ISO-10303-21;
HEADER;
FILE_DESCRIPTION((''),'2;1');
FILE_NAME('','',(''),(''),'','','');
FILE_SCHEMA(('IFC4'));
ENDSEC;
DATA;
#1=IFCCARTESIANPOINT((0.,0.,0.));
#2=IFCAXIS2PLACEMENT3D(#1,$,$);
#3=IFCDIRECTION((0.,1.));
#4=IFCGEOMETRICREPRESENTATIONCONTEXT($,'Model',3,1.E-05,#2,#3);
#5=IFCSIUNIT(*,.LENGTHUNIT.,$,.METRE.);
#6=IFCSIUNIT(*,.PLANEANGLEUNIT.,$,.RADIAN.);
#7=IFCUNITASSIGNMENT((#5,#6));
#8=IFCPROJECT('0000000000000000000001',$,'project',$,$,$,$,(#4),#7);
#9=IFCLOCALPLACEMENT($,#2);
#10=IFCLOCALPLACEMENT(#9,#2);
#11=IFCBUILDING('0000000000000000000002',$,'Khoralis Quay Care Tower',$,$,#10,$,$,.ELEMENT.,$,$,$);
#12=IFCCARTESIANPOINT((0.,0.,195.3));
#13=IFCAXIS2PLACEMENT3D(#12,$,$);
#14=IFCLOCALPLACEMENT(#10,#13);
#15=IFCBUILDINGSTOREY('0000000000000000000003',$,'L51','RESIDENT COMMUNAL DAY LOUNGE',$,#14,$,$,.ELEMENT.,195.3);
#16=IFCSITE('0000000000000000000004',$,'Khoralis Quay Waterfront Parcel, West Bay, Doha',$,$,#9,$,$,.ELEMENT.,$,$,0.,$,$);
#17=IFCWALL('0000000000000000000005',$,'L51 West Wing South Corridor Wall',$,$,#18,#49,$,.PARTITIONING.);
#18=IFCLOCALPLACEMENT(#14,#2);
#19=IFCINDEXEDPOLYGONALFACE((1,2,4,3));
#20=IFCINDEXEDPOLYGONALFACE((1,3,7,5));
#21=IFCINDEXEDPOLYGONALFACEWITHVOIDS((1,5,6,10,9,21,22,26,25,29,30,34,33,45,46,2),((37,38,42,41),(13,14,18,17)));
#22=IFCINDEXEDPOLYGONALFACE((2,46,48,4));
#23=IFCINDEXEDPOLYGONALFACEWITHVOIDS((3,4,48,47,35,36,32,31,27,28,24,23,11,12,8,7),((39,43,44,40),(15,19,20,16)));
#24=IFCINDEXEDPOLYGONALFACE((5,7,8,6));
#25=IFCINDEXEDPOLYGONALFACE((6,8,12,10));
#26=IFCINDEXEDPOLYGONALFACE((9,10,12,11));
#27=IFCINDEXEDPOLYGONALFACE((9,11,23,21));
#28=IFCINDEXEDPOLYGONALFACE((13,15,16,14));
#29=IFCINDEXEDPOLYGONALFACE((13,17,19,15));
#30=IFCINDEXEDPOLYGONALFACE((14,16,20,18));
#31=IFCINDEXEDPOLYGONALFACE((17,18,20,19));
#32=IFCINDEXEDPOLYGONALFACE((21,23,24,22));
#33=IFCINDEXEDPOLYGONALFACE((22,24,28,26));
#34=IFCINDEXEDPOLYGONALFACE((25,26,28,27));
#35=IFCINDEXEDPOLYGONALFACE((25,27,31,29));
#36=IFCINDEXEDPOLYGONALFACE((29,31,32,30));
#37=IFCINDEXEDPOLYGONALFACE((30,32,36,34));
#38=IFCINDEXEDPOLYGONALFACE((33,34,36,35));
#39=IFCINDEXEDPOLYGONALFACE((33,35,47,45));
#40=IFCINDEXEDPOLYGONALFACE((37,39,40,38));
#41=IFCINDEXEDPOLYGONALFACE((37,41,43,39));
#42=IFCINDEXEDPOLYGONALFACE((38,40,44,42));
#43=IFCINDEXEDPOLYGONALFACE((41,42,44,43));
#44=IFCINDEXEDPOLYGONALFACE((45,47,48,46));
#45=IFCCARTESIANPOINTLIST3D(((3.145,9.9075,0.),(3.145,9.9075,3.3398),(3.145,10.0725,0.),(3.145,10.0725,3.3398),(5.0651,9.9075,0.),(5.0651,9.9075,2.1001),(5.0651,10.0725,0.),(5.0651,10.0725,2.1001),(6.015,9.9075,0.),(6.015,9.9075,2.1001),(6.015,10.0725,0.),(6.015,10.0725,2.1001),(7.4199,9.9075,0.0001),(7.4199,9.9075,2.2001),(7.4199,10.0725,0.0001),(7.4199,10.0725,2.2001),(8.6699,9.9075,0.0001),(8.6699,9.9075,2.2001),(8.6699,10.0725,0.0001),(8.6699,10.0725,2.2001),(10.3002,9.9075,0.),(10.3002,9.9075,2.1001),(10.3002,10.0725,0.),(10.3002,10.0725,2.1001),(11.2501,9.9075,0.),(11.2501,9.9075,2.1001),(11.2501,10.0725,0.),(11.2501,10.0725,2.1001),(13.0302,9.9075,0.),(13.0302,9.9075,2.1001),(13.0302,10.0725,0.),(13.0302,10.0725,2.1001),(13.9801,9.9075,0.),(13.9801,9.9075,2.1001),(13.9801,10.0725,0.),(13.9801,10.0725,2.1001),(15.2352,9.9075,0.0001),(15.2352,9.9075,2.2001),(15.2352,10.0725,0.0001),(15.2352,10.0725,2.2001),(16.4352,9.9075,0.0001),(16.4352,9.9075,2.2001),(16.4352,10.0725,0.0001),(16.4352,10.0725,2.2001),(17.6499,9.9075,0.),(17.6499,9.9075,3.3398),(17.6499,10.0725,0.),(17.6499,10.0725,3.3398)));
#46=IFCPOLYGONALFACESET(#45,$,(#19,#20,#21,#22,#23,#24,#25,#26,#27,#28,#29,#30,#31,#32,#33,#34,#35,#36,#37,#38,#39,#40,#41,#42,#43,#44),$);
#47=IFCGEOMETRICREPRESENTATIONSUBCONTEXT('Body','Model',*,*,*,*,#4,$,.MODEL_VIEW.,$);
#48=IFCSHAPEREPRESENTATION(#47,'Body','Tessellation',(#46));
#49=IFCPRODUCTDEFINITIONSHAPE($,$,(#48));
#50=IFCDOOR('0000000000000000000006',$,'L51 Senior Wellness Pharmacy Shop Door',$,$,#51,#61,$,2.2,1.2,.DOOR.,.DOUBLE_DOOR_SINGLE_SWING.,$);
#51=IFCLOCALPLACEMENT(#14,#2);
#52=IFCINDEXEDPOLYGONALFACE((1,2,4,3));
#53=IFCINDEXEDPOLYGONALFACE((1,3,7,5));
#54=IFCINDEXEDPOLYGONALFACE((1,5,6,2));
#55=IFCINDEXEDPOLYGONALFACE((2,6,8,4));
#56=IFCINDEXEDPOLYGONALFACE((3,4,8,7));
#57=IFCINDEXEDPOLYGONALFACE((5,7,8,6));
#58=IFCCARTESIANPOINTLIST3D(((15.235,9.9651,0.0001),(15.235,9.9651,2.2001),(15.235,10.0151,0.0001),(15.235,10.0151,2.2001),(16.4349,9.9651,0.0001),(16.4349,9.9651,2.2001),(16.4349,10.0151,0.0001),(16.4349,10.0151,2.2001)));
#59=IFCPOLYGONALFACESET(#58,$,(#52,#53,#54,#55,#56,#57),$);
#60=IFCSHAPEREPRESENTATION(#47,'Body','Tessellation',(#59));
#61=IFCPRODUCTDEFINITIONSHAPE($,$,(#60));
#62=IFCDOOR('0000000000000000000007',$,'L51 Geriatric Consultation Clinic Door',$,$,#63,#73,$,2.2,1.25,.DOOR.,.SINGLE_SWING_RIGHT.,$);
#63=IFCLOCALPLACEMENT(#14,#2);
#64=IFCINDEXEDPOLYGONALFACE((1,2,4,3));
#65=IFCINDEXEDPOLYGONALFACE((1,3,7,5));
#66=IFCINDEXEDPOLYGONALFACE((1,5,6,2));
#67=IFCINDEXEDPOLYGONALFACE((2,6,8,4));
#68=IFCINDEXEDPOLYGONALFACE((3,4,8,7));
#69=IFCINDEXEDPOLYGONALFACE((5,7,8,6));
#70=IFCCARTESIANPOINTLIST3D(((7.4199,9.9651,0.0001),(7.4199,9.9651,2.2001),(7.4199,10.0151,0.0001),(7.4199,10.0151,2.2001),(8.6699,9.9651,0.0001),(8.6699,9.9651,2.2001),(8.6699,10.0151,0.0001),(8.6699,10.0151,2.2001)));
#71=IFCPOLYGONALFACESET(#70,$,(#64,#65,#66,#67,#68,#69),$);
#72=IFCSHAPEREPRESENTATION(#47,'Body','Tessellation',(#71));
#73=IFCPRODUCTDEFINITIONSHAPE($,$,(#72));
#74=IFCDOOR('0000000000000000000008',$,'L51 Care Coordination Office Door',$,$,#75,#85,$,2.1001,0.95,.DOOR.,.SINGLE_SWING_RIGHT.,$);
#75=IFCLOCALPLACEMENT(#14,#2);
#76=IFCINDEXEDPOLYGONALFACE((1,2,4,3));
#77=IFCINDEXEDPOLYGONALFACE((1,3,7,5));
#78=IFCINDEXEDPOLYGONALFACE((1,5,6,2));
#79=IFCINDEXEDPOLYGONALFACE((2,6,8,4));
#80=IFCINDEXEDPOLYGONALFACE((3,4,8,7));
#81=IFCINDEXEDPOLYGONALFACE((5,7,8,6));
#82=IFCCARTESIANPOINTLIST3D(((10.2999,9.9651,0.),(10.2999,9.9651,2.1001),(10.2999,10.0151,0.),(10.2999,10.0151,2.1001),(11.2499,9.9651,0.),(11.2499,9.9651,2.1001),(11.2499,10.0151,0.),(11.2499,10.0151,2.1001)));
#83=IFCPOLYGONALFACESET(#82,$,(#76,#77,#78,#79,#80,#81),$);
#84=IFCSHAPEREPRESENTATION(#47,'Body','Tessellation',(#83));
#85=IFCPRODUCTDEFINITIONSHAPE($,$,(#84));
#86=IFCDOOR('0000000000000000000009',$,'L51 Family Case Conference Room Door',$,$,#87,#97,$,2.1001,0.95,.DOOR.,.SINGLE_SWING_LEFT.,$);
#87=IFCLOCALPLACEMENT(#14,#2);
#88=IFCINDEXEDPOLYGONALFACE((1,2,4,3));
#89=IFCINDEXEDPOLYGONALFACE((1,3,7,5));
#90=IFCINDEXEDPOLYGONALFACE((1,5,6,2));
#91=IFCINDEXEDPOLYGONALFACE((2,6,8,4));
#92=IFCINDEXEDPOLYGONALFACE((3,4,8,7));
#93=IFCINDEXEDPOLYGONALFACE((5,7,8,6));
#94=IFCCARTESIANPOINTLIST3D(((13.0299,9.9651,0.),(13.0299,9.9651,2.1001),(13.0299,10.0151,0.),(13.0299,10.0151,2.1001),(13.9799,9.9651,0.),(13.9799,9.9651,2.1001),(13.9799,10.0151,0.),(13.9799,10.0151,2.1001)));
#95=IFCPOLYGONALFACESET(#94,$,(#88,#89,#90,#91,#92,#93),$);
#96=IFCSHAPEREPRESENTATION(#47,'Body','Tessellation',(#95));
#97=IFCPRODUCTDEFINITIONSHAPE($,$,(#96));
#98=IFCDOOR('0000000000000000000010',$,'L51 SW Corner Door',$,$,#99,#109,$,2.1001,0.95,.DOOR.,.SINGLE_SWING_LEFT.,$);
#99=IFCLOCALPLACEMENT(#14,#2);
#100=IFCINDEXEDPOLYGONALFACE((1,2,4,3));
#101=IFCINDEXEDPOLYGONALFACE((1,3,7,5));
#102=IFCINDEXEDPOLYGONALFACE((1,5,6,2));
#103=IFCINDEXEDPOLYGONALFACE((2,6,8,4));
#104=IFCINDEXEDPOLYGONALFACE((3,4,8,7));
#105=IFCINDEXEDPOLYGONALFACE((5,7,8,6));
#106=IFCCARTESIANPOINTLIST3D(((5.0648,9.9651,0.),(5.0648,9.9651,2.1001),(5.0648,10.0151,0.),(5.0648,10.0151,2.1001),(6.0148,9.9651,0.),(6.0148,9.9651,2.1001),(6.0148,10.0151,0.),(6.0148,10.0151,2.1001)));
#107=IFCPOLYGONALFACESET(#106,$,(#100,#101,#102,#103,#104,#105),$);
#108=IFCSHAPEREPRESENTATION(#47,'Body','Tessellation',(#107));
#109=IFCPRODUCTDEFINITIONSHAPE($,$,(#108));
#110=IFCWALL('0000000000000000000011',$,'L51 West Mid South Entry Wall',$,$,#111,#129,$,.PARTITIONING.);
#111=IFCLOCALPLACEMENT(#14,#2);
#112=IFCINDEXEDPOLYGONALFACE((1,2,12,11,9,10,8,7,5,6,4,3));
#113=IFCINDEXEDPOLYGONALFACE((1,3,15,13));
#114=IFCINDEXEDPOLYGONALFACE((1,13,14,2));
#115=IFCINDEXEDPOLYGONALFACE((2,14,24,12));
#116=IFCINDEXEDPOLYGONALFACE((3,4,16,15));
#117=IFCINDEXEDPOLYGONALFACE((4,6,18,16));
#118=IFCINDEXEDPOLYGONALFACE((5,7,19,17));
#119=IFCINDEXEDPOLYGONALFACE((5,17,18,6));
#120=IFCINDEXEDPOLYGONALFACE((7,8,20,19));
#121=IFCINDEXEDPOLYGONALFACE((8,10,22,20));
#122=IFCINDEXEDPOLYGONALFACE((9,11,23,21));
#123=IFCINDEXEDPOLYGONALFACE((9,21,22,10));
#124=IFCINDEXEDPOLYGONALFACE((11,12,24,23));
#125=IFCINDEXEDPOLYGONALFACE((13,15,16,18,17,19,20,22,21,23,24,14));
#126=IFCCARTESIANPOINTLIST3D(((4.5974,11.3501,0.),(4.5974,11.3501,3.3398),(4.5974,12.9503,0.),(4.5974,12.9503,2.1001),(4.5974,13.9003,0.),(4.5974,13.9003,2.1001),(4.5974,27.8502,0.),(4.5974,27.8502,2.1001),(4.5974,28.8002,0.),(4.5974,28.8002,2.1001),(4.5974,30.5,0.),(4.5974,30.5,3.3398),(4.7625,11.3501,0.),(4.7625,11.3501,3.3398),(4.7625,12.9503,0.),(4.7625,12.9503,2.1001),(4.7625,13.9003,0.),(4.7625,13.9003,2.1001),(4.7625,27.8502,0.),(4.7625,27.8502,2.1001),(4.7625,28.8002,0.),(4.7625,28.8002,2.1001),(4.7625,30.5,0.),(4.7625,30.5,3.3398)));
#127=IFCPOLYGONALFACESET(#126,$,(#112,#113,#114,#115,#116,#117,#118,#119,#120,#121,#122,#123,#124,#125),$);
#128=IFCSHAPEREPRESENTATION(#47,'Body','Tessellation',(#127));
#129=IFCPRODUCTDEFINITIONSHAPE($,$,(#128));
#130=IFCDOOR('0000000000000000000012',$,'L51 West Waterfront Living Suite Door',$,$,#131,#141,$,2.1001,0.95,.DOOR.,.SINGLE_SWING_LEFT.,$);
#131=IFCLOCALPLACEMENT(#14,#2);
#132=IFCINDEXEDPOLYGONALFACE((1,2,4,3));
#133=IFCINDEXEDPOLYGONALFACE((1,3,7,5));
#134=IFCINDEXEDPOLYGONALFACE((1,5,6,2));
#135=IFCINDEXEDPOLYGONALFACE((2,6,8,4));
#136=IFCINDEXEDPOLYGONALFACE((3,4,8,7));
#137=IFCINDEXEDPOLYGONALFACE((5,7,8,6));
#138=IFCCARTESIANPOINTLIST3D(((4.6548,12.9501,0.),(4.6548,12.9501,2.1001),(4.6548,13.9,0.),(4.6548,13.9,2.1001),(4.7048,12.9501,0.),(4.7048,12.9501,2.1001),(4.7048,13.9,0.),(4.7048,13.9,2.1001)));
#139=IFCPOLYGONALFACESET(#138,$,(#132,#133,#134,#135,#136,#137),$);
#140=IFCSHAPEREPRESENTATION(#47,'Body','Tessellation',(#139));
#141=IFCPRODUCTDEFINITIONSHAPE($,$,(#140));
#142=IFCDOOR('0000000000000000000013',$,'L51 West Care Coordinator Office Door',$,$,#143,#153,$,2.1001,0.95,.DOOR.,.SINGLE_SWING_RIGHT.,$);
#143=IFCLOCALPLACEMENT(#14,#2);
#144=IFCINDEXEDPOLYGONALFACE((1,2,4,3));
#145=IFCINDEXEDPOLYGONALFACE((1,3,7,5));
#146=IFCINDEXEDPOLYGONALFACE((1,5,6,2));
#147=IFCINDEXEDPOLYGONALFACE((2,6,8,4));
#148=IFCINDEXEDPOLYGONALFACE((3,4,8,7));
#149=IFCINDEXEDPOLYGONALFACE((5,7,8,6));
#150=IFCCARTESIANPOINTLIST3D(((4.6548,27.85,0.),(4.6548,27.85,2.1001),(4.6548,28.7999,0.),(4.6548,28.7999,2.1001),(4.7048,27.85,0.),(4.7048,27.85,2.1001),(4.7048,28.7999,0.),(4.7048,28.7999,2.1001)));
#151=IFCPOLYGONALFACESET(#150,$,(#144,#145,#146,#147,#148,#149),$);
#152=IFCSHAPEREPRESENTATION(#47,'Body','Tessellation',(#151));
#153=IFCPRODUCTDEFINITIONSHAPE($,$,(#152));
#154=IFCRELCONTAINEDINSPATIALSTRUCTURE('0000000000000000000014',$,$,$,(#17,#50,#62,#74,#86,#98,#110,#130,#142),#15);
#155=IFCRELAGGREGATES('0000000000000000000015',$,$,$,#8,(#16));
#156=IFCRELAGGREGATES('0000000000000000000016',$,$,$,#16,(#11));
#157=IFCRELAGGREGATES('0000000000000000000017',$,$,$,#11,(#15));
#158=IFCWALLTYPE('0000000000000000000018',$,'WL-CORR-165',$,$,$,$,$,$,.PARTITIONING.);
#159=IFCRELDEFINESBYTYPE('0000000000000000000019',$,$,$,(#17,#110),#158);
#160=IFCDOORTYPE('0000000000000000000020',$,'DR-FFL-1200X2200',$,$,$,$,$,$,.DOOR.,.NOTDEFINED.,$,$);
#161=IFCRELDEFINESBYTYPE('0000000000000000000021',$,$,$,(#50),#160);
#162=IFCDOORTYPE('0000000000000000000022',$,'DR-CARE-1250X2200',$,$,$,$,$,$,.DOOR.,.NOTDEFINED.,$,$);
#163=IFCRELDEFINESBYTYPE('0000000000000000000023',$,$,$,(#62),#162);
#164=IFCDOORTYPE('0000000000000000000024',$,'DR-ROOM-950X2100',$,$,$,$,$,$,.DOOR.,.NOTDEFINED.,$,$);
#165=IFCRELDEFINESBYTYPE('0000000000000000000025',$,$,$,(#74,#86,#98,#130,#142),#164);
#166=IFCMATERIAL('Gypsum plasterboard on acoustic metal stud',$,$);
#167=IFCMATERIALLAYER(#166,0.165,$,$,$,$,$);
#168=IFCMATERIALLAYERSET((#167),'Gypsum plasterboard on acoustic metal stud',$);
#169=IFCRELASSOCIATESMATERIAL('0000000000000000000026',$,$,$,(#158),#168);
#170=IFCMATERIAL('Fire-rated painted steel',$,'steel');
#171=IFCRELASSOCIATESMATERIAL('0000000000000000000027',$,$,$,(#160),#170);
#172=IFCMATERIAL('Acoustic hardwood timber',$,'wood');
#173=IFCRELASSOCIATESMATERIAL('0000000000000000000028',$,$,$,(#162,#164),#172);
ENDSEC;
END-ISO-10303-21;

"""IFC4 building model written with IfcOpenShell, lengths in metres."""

from ifc_helpers import new_model, si_unit, direction, frame, frame_2d, origin, place, context, subcontext, project, spatial, rectangle, extrude, source, transform, mapped, material, layer, layer_set, type_object, element, fill, save


model = new_model("IFC4")

# Units and contexts
model_context = context("Model", 3, precision=1e-05, world=origin(), true_north=direction((0.0, 1.0)))
body_context = subcontext(model_context, "Body", "Model", "MODEL_VIEW")
ifc_project = project(units=[si_unit("LENGTHUNIT", "METRE"), si_unit("PLANEANGLEUNIT", "RADIAN")], contexts=[model_context])

# Site, building, storey
site_placement = place(None, origin())
site = spatial("IfcSite", under=ifc_project, at=site_placement, Name="Khoralis Quay Waterfront Parcel, West Bay, Doha", CompositionType="ELEMENT", RefElevation=0.0)
building_placement = place(site_placement, origin())
building = spatial("IfcBuilding", under=site, at=building_placement, Name="Khoralis Quay Care Tower", CompositionType="ELEMENT")
storey_placement = place(building_placement, frame((0.0, 0.0, 195.3)))
storey = spatial("IfcBuildingStorey", under=building, at=storey_placement, Name="L51", Description="RESIDENT COMMUNAL DAY LOUNGE", CompositionType="ELEMENT", Elevation=195.3)

# Walls, openings, doors
ifc_material_1 = material(Name="Gypsum plasterboard on acoustic metal stud")
ifc_layer_1 = layer(ifc_material_1, 0.165)
ifc_layer_set_1 = layer_set([ifc_layer_1], Name="Gypsum plasterboard on acoustic metal stud")
wall_type_1 = type_object("IfcWallType", Name="WL-CORR-165", PredefinedType="PARTITIONING", material=ifc_layer_set_1)
wall_1_placement = place(storey_placement, frame((3.145, 9.99, 0.0), z_axis=(0.0, 0.0, 1.0), x_axis=(1.0, 0.0, 0.0)))
wall_1 = element("IfcWall", 1, at=wall_1_placement, inside=storey, type_object=wall_type_1, Name="L51 West Wing South Corridor Wall", PredefinedType="PARTITIONING", context=body_context, shape_type="SweptSolid", body=[
    extrude(rectangle(XDim=14.5049, YDim=0.165, at=frame_2d((7.2524, 0.0))), origin(), (0.0, 0.0, 1.0), 3.3398),
])
opening_1_placement = place(wall_1_placement, frame((4.2749, 0.0, 0.0)))
opening_1 = element("IfcOpeningElement", 2, at=opening_1_placement, cuts=wall_1, PredefinedType="OPENING", context=body_context, shape_type="SweptSolid", body=[
    extrude(rectangle(XDim=1.25, YDim=2.2, at=frame_2d((0.625, 1.1001))), frame((0.0, 0.0925, 0.0), z_axis=(0.0, -1.0, 0.0), x_axis=(1.0, 0.0, 0.0)), (0.0, 0.0, 1.0), 0.1851),
])
opening_2_placement = place(wall_1_placement, frame((7.155, 0.0, 0.0)))
opening_2 = element("IfcOpeningElement", 3, at=opening_2_placement, cuts=wall_1, PredefinedType="OPENING", context=body_context, shape_type="SweptSolid", body=[
    extrude(rectangle(XDim=0.95, YDim=2.1001, at=frame_2d((0.4751, 1.05))), frame((0.0, 0.0925, 0.0), z_axis=(0.0, -1.0, 0.0), x_axis=(1.0, 0.0, 0.0)), (0.0, 0.0, 1.0), 0.1851),
])
opening_3_placement = place(wall_1_placement, frame((9.885, 0.0, 0.0)))
opening_3 = element("IfcOpeningElement", 4, at=opening_3_placement, cuts=wall_1, PredefinedType="OPENING", context=body_context, shape_type="SweptSolid", body=[
    extrude(rectangle(XDim=0.95, YDim=2.1001, at=frame_2d((0.4751, 1.05))), frame((0.0, 0.0925, 0.0), z_axis=(0.0, -1.0, 0.0), x_axis=(1.0, 0.0, 0.0)), (0.0, 0.0, 1.0), 0.1851),
])
opening_4_placement = place(wall_1_placement, frame((12.0901, 0.0, 0.0)))
opening_4 = element("IfcOpeningElement", 5, at=opening_4_placement, cuts=wall_1, PredefinedType="OPENING", context=body_context, shape_type="SweptSolid", body=[
    extrude(rectangle(XDim=1.2, YDim=2.2, at=frame_2d((0.6001, 1.1001))), frame((0.0, 0.0925, 0.0), z_axis=(0.0, -1.0, 0.0), x_axis=(1.0, 0.0, 0.0)), (0.0, 0.0, 1.0), 0.1851),
])
opening_5_placement = place(wall_1_placement, frame((1.9199, 0.0, 0.0)))
opening_5 = element("IfcOpeningElement", 6, at=opening_5_placement, cuts=wall_1, PredefinedType="OPENING", context=body_context, shape_type="SweptSolid", body=[
    extrude(rectangle(XDim=0.95, YDim=2.1001, at=frame_2d((0.4751, 1.05))), frame((0.0, 0.0925, 0.0), z_axis=(0.0, -1.0, 0.0), x_axis=(1.0, 0.0, 0.0)), (0.0, 0.0, 1.0), 0.1851),
])
ifc_material_2 = material(Name="Fire-rated painted steel", Category="steel")
door_type_1 = type_object("IfcDoorType", Name="DR-FFL-1200X2200", OperationType="NOTDEFINED", PredefinedType="DOOR", material=ifc_material_2)
shared_shape_1 = source(origin(), body_context, "Body", "SweptSolid", [
    extrude(rectangle(XDim=1.2, YDim=2.2, at=frame_2d((0.6001, 1.1001))), frame((0.0, 0.0249, 0.0), z_axis=(0.0, -1.0, 0.0), x_axis=(1.0, 0.0, 0.0)), (0.0, 0.0, 1.0), 0.05),
])
door_1_placement = place(opening_4_placement, frame((1.2, 0.0, 0.0), z_axis=(0.0, 0.0, 1.0), x_axis=(-1.0, 0.0, 0.0)))
door_1 = element("IfcDoor", 7, at=door_1_placement, inside=storey, type_object=door_type_1, Name="L51 Senior Wellness Pharmacy Shop Door", OperationType="DOUBLE_DOOR_SINGLE_SWING", OverallHeight=2.2, OverallWidth=1.2, PredefinedType="DOOR", context=body_context, shape_type="MappedRepresentation", body=[
    mapped(shared_shape_1, transform((0.0, 0.0, 0.0), scale=1.0)),
])
fill(opening_4, door_1)
ifc_material_3 = material(Name="Acoustic hardwood timber", Category="wood")
door_type_2 = type_object("IfcDoorType", Name="DR-CARE-1250X2200", OperationType="NOTDEFINED", PredefinedType="DOOR", material=ifc_material_3)
shared_shape_2 = source(origin(), body_context, "Body", "SweptSolid", [
    extrude(rectangle(XDim=1.25, YDim=2.2, at=frame_2d((0.625, 1.1001))), frame((0.0, 0.0249, 0.0), z_axis=(0.0, -1.0, 0.0), x_axis=(1.0, 0.0, 0.0)), (0.0, 0.0, 1.0), 0.05),
])
door_2_placement = place(opening_1_placement, frame((1.25, 0.0, 0.0), z_axis=(0.0, 0.0, 1.0), x_axis=(-1.0, 0.0, 0.0)))
door_2 = element("IfcDoor", 8, at=door_2_placement, inside=storey, type_object=door_type_2, Name="L51 Geriatric Consultation Clinic Door", OperationType="SINGLE_SWING_RIGHT", OverallHeight=2.2, OverallWidth=1.25, PredefinedType="DOOR", context=body_context, shape_type="MappedRepresentation", body=[
    mapped(shared_shape_2, transform((0.0, 0.0, 0.0), scale=1.0)),
])
fill(opening_1, door_2)
door_type_3 = type_object("IfcDoorType", Name="DR-ROOM-950X2100", OperationType="NOTDEFINED", PredefinedType="DOOR", material=ifc_material_3)
shared_shape_3 = source(origin(), body_context, "Body", "SweptSolid", [
    extrude(rectangle(XDim=0.95, YDim=2.1001, at=frame_2d((0.4751, 1.05))), frame((0.0, 0.0249, 0.0), z_axis=(0.0, -1.0, 0.0), x_axis=(1.0, 0.0, 0.0)), (0.0, 0.0, 1.0), 0.05),
])
door_3_placement = place(opening_2_placement, frame((0.95, 0.0, 0.0), z_axis=(0.0, 0.0, 1.0), x_axis=(-1.0, 0.0, 0.0)))
door_3 = element("IfcDoor", 9, at=door_3_placement, inside=storey, type_object=door_type_3, Name="L51 Care Coordination Office Door", OperationType="SINGLE_SWING_RIGHT", OverallHeight=2.1001, OverallWidth=0.95, PredefinedType="DOOR", context=body_context, shape_type="MappedRepresentation", body=[
    mapped(shared_shape_3, transform((0.0, 0.0, 0.0), scale=1.0)),
])
fill(opening_2, door_3)
door_4_placement = place(opening_3_placement, frame((0.95, 0.0, 0.0), z_axis=(0.0, 0.0, 1.0), x_axis=(-1.0, 0.0, 0.0)))
door_4 = element("IfcDoor", 10, at=door_4_placement, inside=storey, type_object=door_type_3, Name="L51 Family Case Conference Room Door", OperationType="SINGLE_SWING_LEFT", OverallHeight=2.1001, OverallWidth=0.95, PredefinedType="DOOR", context=body_context, shape_type="MappedRepresentation", body=[
    mapped(shared_shape_3, transform((0.0, 0.0, 0.0), scale=1.0)),
])
fill(opening_3, door_4)
door_5_placement = place(opening_5_placement, frame((0.95, 0.0, 0.0), z_axis=(0.0, 0.0, 1.0), x_axis=(-1.0, 0.0, 0.0)))
door_5 = element("IfcDoor", 11, at=door_5_placement, inside=storey, type_object=door_type_3, Name="L51 SW Corner Door", OperationType="SINGLE_SWING_LEFT", OverallHeight=2.1001, OverallWidth=0.95, PredefinedType="DOOR", context=body_context, shape_type="MappedRepresentation", body=[
    mapped(shared_shape_3, transform((0.0, 0.0, 0.0), scale=1.0)),
])
fill(opening_5, door_5)
wall_2_placement = place(storey_placement, frame((4.6799, 11.3501, 0.0), z_axis=(0.0, 0.0, 1.0), x_axis=(0.0, 1.0, 0.0)))
wall_2 = element("IfcWall", 12, at=wall_2_placement, inside=storey, type_object=wall_type_1, Name="L51 West Mid South Entry Wall", PredefinedType="PARTITIONING", context=body_context, shape_type="SweptSolid", body=[
    extrude(rectangle(XDim=19.1499, YDim=0.165, at=frame_2d((9.575, 0.0))), origin(), (0.0, 0.0, 1.0), 3.3398),
])
opening_6_placement = place(wall_2_placement, frame((1.6001, 0.0, 0.0)))
opening_6 = element("IfcOpeningElement", 13, at=opening_6_placement, cuts=wall_2, PredefinedType="OPENING", context=body_context, shape_type="SweptSolid", body=[
    extrude(rectangle(XDim=0.95, YDim=2.1001, at=frame_2d((0.4751, 1.05))), frame((0.0, 0.0925, 0.0), z_axis=(0.0, -1.0, 0.0), x_axis=(1.0, 0.0, 0.0)), (0.0, 0.0, 1.0), 0.1851),
])
opening_7_placement = place(wall_2_placement, frame((16.5, 0.0, 0.0)))
opening_7 = element("IfcOpeningElement", 14, at=opening_7_placement, cuts=wall_2, PredefinedType="OPENING", context=body_context, shape_type="SweptSolid", body=[
    extrude(rectangle(XDim=0.95, YDim=2.1001, at=frame_2d((0.4751, 1.05))), frame((0.0, 0.0925, 0.0), z_axis=(0.0, -1.0, 0.0), x_axis=(1.0, 0.0, 0.0)), (0.0, 0.0, 1.0), 0.1851),
])
door_6_placement = place(opening_6_placement, frame((0.95, 0.0, 0.0), z_axis=(0.0, 0.0, 1.0), x_axis=(-1.0, 0.0, 0.0)))
door_6 = element("IfcDoor", 15, at=door_6_placement, inside=storey, type_object=door_type_3, Name="L51 West Waterfront Living Suite Door", OperationType="SINGLE_SWING_LEFT", OverallHeight=2.1001, OverallWidth=0.95, PredefinedType="DOOR", context=body_context, shape_type="MappedRepresentation", body=[
    mapped(shared_shape_3, transform((0.0, 0.0, 0.0), scale=1.0)),
])
fill(opening_6, door_6)
door_7_placement = place(opening_7_placement, frame((0.95, 0.0, 0.0), z_axis=(0.0, 0.0, 1.0), x_axis=(-1.0, 0.0, 0.0)))
door_7 = element("IfcDoor", 16, at=door_7_placement, inside=storey, type_object=door_type_3, Name="L51 West Care Coordinator Office Door", OperationType="SINGLE_SWING_RIGHT", OverallHeight=2.1001, OverallWidth=0.95, PredefinedType="DOOR", context=body_context, shape_type="MappedRepresentation", body=[
    mapped(shared_shape_3, transform((0.0, 0.0, 0.0), scale=1.0)),
])
fill(opening_7, door_7)

save(model, "model.ifc")
